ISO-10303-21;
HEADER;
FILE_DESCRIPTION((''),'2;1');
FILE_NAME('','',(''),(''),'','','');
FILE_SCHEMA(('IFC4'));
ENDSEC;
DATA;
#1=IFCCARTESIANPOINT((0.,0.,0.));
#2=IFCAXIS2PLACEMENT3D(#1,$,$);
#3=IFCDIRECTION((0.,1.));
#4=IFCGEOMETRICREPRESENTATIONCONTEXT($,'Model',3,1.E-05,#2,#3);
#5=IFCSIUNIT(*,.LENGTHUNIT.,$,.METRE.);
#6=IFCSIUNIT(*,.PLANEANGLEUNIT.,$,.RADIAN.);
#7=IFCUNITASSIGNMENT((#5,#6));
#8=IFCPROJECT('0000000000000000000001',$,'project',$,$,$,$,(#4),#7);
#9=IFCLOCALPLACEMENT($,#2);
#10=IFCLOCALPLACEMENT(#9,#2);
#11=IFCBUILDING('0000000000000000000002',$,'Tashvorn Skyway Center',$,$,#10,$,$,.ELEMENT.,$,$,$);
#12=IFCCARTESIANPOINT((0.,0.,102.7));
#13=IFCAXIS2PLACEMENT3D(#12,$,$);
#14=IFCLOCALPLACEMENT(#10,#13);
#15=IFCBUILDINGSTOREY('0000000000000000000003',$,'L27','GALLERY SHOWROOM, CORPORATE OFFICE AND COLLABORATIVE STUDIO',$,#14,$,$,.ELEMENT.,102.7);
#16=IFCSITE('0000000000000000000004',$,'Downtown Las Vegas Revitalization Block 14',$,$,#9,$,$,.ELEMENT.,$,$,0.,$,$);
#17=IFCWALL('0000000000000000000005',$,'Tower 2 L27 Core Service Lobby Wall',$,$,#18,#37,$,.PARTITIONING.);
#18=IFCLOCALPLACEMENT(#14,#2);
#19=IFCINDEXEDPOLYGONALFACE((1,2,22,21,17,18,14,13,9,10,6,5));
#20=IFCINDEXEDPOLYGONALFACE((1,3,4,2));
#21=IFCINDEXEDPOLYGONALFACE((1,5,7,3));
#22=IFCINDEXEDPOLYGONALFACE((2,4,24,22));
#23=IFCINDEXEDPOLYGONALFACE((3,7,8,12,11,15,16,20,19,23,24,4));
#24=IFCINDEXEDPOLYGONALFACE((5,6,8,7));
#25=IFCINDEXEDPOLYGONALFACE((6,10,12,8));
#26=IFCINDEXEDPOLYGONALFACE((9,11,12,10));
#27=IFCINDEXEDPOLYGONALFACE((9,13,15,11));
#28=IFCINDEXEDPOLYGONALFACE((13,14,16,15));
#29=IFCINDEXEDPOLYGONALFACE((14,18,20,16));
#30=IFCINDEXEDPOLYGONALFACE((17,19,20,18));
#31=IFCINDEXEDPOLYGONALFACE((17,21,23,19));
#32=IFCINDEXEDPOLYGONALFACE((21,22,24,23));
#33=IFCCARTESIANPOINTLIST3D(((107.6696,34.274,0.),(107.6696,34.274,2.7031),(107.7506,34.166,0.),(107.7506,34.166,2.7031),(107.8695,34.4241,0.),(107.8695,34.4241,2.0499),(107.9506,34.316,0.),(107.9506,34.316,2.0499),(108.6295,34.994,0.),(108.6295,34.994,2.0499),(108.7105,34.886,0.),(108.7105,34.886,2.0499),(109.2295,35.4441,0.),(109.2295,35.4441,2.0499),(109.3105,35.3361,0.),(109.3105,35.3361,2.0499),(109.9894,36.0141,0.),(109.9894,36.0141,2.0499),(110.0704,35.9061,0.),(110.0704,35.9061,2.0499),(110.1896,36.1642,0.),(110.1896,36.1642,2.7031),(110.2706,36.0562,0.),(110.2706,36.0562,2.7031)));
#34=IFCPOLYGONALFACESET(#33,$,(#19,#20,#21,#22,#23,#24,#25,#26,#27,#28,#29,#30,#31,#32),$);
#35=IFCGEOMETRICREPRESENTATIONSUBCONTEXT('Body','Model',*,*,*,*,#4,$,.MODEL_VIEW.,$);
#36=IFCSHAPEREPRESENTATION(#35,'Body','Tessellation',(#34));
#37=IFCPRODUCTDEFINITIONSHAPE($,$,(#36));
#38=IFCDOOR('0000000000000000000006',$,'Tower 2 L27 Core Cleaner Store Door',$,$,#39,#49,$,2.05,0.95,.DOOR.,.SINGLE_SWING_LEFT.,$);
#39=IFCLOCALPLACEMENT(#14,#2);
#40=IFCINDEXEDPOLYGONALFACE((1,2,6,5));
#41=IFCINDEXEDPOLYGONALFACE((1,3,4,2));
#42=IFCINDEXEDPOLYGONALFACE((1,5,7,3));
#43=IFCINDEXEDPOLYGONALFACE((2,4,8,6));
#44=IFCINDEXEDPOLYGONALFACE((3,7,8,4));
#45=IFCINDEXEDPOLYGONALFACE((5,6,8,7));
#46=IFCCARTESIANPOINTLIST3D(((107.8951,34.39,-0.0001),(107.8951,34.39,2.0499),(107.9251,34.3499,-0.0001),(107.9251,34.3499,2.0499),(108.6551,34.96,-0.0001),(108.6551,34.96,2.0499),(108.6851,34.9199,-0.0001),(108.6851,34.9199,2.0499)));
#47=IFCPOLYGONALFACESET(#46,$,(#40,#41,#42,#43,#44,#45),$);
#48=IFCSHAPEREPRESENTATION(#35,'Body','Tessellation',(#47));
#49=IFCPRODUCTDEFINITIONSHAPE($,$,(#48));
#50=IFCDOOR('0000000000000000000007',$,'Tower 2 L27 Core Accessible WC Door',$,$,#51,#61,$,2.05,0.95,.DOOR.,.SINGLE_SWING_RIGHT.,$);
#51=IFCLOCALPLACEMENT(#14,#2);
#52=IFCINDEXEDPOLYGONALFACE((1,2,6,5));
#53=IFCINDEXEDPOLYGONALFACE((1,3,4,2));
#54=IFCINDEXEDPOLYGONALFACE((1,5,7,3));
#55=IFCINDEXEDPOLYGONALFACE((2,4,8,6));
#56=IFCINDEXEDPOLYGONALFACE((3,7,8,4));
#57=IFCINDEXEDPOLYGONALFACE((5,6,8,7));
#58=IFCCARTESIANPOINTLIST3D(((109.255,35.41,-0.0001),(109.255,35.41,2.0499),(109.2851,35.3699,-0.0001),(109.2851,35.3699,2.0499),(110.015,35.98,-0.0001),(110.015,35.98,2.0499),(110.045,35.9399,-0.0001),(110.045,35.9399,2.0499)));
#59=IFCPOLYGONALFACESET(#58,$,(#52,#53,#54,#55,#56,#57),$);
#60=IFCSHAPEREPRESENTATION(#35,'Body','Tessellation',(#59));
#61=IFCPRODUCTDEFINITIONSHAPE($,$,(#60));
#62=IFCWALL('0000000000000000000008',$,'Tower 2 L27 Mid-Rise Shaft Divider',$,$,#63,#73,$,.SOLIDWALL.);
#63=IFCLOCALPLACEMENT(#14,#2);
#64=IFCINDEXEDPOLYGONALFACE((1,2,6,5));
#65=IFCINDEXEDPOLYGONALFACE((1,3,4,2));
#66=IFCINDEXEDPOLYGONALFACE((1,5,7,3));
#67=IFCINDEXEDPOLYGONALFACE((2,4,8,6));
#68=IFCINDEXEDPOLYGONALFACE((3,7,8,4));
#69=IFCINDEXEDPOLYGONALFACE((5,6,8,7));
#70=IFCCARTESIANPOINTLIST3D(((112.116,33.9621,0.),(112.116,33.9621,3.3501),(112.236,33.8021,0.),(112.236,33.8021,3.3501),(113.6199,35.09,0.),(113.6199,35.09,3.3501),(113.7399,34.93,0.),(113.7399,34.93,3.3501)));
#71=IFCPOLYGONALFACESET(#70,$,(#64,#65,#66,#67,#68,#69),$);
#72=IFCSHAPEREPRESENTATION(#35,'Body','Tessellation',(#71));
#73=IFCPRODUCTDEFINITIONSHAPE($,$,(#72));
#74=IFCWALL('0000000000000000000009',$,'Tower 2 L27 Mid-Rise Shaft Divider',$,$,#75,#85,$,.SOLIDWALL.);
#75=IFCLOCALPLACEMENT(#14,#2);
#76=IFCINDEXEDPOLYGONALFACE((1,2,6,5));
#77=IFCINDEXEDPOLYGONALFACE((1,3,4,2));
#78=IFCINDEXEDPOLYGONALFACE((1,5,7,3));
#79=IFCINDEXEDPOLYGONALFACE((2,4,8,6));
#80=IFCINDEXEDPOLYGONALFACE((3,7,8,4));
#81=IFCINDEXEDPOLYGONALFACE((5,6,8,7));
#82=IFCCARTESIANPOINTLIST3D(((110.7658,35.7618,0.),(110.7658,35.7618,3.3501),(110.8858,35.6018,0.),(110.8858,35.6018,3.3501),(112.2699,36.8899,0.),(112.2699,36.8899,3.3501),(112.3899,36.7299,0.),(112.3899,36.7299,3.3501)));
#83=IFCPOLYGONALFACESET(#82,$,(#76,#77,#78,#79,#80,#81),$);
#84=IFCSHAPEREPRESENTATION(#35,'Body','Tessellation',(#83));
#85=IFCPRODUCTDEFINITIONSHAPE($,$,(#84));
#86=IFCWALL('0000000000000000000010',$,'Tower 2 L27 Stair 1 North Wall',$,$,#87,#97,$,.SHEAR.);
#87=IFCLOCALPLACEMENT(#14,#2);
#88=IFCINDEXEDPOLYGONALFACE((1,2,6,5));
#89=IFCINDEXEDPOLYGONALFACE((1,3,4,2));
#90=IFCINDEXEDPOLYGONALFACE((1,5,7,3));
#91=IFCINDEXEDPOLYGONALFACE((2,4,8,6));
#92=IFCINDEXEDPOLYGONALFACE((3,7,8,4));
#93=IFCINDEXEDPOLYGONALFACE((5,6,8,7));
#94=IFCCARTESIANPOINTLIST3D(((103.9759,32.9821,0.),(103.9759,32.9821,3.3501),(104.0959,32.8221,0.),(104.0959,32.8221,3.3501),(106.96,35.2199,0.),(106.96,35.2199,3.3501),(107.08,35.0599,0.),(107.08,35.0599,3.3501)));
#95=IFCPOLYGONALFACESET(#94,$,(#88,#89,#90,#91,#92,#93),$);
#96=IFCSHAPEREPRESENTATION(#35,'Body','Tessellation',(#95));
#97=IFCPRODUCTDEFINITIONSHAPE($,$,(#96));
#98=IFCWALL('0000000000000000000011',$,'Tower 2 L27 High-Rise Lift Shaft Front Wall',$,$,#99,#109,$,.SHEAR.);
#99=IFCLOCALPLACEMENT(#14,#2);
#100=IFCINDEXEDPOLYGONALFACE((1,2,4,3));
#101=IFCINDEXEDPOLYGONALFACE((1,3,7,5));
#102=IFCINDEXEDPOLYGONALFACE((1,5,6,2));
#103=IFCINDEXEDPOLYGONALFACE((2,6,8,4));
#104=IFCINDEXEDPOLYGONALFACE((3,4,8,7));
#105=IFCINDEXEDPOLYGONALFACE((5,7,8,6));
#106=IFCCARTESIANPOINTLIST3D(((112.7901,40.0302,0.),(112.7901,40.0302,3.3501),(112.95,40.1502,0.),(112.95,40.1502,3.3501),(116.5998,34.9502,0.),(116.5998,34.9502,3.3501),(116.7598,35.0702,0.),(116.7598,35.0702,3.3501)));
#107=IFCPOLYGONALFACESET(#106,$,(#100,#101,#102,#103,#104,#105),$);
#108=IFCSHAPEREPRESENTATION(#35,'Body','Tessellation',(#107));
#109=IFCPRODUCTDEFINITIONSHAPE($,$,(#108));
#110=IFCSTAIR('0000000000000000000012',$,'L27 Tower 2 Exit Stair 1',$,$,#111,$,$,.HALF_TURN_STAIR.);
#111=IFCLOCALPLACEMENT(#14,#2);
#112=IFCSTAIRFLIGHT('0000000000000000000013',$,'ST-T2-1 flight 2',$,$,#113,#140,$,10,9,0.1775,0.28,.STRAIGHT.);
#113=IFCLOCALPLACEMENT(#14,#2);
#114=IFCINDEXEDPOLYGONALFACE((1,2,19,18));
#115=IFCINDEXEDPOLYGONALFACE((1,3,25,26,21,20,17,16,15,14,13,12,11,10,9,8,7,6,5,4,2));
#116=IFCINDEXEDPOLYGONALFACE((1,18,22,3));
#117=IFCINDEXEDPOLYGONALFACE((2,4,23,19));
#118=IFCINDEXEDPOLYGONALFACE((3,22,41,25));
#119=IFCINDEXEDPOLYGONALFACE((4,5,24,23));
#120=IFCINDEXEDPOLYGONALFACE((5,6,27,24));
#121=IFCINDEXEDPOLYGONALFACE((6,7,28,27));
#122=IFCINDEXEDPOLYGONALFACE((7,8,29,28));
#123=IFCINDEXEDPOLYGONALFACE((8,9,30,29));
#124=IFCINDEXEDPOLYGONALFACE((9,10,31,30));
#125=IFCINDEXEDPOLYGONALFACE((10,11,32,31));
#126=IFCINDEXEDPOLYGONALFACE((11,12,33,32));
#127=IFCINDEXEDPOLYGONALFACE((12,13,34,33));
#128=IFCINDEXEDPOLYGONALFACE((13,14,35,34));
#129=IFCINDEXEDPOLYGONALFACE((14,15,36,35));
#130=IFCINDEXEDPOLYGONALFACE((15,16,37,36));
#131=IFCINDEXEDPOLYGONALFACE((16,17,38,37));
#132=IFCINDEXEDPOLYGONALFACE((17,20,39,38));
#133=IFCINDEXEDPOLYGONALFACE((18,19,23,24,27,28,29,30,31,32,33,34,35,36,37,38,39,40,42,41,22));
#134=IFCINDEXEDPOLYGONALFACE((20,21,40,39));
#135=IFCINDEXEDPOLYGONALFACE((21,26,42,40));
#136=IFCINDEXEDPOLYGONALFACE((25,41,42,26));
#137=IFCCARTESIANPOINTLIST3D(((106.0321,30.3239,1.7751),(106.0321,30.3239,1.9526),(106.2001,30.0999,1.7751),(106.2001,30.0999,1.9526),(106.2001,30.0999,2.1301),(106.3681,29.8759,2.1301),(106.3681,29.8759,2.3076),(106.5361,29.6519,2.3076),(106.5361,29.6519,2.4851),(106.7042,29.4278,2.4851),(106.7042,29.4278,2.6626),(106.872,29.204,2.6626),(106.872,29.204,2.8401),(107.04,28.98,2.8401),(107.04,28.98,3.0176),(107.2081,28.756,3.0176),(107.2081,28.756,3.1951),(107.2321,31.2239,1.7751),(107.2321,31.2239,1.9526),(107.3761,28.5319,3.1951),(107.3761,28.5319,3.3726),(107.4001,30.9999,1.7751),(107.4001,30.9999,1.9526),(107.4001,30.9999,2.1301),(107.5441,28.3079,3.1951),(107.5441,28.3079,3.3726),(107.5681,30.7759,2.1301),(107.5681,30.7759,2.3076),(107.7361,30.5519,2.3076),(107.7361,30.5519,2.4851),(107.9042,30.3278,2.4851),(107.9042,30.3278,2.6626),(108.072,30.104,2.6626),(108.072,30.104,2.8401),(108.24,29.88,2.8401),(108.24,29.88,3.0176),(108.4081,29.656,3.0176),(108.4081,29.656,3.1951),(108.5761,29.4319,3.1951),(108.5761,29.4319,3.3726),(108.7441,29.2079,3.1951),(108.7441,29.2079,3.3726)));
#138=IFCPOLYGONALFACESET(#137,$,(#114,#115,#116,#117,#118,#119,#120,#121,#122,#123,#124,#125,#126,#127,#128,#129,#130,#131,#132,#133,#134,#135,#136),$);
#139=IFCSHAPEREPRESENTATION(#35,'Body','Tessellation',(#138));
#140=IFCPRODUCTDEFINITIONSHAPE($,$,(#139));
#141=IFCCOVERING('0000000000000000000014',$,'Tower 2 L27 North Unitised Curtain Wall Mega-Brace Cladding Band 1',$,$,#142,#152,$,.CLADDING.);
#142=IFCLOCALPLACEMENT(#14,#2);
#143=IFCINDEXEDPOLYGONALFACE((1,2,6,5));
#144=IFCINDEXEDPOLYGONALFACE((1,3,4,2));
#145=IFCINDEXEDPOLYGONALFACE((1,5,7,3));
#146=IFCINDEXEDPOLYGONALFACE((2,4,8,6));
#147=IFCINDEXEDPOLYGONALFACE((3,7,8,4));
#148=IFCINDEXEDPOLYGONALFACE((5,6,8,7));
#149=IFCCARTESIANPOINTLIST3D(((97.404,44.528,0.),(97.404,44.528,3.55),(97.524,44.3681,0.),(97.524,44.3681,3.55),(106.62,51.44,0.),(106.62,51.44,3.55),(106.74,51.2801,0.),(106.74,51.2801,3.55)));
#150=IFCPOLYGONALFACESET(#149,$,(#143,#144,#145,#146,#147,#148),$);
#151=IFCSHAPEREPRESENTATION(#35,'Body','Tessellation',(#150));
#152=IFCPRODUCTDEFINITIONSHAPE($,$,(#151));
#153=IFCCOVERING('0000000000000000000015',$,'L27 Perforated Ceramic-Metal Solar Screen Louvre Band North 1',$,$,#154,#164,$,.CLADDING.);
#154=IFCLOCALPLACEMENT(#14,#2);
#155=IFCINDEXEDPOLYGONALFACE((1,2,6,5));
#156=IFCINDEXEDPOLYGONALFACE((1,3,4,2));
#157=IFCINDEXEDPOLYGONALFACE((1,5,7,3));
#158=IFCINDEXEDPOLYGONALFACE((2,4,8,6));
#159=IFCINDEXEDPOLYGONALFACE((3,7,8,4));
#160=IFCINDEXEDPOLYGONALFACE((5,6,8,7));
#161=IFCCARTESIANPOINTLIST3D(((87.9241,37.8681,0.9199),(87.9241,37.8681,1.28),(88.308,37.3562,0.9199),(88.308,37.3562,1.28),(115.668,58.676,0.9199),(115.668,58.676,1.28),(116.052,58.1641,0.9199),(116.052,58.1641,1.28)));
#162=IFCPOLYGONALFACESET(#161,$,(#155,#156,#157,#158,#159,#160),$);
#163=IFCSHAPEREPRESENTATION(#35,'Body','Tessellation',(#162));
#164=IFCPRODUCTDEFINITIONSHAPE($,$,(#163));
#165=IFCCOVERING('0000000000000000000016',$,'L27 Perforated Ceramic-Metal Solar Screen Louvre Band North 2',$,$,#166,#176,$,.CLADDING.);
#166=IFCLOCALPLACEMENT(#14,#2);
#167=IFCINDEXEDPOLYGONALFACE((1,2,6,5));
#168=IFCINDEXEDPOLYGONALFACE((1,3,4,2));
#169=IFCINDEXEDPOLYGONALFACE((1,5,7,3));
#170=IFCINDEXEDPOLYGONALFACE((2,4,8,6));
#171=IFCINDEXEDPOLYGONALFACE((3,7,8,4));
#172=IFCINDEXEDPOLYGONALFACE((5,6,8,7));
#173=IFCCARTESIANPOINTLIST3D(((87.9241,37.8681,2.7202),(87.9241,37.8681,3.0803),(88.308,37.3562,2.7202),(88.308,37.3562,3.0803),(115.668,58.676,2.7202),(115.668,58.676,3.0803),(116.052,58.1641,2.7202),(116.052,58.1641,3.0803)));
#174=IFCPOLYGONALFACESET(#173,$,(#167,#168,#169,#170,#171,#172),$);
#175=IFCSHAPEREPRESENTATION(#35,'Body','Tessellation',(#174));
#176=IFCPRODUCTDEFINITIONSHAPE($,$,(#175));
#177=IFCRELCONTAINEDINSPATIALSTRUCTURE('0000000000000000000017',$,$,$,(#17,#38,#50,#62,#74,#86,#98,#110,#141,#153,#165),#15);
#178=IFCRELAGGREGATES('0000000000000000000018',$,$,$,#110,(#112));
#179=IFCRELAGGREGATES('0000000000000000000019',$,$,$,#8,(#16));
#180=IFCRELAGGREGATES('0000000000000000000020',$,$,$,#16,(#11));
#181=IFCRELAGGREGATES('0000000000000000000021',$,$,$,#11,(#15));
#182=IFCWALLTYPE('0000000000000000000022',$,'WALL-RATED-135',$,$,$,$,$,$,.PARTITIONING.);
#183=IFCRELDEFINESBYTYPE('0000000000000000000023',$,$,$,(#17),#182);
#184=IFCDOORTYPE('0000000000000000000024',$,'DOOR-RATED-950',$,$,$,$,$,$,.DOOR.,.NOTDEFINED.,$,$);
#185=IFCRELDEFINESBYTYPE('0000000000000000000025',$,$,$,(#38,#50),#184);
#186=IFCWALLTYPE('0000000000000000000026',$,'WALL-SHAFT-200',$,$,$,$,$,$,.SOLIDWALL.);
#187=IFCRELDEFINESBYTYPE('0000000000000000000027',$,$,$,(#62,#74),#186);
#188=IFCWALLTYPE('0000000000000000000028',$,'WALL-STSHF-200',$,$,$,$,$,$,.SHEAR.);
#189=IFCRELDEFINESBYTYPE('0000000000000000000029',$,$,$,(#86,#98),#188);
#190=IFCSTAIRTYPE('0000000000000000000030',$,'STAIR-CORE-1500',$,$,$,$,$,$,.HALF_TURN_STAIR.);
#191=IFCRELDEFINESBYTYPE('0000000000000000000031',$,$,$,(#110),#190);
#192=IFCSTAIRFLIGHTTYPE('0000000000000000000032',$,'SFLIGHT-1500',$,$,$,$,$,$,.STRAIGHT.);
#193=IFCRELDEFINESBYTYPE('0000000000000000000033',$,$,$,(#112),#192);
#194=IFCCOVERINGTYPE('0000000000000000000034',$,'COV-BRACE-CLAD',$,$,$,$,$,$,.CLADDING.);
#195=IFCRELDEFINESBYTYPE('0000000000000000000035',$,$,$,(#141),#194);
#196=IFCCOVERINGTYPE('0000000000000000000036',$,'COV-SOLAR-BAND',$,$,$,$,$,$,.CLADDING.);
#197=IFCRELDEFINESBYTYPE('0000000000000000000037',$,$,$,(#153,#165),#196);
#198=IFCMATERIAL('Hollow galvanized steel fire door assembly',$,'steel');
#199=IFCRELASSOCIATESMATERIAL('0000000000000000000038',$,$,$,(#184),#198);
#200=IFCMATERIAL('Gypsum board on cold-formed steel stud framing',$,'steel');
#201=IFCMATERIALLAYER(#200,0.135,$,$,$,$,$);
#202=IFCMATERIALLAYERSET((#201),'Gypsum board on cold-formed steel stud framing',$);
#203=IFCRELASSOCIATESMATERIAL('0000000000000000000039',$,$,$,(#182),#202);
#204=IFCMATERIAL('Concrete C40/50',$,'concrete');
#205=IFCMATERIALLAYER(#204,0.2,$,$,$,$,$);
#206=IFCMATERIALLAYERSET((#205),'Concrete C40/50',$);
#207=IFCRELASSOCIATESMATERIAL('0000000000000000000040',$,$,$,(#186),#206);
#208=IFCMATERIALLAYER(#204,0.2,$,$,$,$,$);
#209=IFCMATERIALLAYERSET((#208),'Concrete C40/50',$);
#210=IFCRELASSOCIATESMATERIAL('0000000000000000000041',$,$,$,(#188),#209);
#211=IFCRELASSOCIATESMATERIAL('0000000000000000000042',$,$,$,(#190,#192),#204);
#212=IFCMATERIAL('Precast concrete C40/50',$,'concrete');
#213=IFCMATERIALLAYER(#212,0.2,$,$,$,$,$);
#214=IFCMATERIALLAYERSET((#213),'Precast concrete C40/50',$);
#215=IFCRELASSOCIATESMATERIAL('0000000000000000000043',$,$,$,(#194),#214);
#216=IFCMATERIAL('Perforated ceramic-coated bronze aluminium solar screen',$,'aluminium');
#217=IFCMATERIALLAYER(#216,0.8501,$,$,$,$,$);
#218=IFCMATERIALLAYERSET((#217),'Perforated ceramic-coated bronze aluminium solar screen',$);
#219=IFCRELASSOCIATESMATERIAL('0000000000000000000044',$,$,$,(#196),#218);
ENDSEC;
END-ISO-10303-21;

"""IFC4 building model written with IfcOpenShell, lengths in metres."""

from ifc_helpers import new_model, si_unit, direction, frame, frame_2d, origin, origin_2d, place, context, subcontext, project, spatial, polyline, rectangle, outline, extrude, material, layer, layer_set, type_object, element, fill, aggregate, save


model = new_model("IFC4")

# Units and contexts
model_context = context("Model", 3, precision=1e-05, world=origin(), true_north=direction((0.0, 1.0)))
body_context = subcontext(model_context, "Body", "Model", "MODEL_VIEW")
ifc_project = project(units=[si_unit("LENGTHUNIT", "METRE"), si_unit("PLANEANGLEUNIT", "RADIAN")], contexts=[model_context])

# Site, building, storey
site_placement = place(None, origin())
site = spatial("IfcSite", under=ifc_project, at=site_placement, Name="Downtown Las Vegas Revitalization Block 14", CompositionType="ELEMENT", RefElevation=0.0)
building_placement = place(site_placement, origin())
building = spatial("IfcBuilding", under=site, at=building_placement, Name="Tashvorn Skyway Center", CompositionType="ELEMENT")
storey_placement = place(building_placement, frame((0.0, 0.0, 102.7)))
storey = spatial("IfcBuildingStorey", under=building, at=storey_placement, Name="L27", Description="GALLERY SHOWROOM, CORPORATE OFFICE AND COLLABORATIVE STUDIO", CompositionType="ELEMENT", Elevation=102.7)

# Shared definitions
ifc_material_1 = material(Name="Hollow galvanized steel fire door assembly", Category="steel")
ifc_material_2 = material(Name="Concrete C40/50", Category="concrete")
door_type_1 = type_object("IfcDoorType", Name="DOOR-RATED-950", OperationType="NOTDEFINED", PredefinedType="DOOR", material=ifc_material_1)

# Shared definitions
ifc_material_3 = material(Name="Gypsum board on cold-formed steel stud framing", Category="steel")

# Wall, openings, doors
ifc_layer_1 = layer(ifc_material_3, 0.135)
ifc_layer_set_1 = layer_set([ifc_layer_1], Name="Gypsum board on cold-formed steel stud framing")
wall_type_1 = type_object("IfcWallType", Name="WALL-RATED-135", PredefinedType="PARTITIONING", material=ifc_layer_set_1)
wall_1_placement = place(storey_placement, frame((107.71, 34.22, 0.0), z_axis=(0.0, 0.0, 1.0), x_axis=(0.799981, 0.600025, 0.0)))
wall_1 = element("IfcWall", 1, at=wall_1_placement, inside=storey, type_object=wall_type_1, Name="Tower 2 L27 Core Service Lobby Wall", PredefinedType="PARTITIONING", context=body_context, shape_type="SweptSolid", body=[
    extrude(rectangle(XDim=3.1501, YDim=0.135, at=frame_2d((1.5752, 0.0))), origin(), (0.0, 0.0, 1.0), 2.7031),
])
opening_1_placement = place(wall_1_placement, frame((0.25, 0.0, 0.0)))
opening_1 = element("IfcOpeningElement", 2, at=opening_1_placement, cuts=wall_1, PredefinedType="OPENING", context=body_context, shape_type="SweptSolid", body=[
    extrude(rectangle(XDim=0.95, YDim=2.05, at=frame_2d((0.4751, 1.0249))), frame((0.0, 0.0774, 0.0), z_axis=(0.0, -1.0, 0.0), x_axis=(1.0, 0.0, 0.0)), (0.0, 0.0, 1.0), 0.155),
])
opening_2_placement = place(wall_1_placement, frame((1.95, 0.0, 0.0)))
opening_2 = element("IfcOpeningElement", 3, at=opening_2_placement, cuts=wall_1, PredefinedType="OPENING", context=body_context, shape_type="SweptSolid", body=[
    extrude(rectangle(XDim=0.95, YDim=2.05, at=frame_2d((0.4751, 1.0249))), frame((0.0, 0.0774, 0.0), z_axis=(0.0, -1.0, 0.0), x_axis=(1.0, 0.0, 0.0)), (0.0, 0.0, 1.0), 0.155),
])
door_1_placement = place(opening_1_placement, origin())
door_1 = element("IfcDoor", 4, at=door_1_placement, inside=storey, type_object=door_type_1, Name="Tower 2 L27 Core Cleaner Store Door", OperationType="SINGLE_SWING_LEFT", OverallHeight=2.05, OverallWidth=0.95, PredefinedType="DOOR", context=body_context, shape_type="SweptSolid", body=[
    extrude(rectangle(XDim=0.95, YDim=2.05, at=frame_2d((0.4751, 1.0249))), frame((0.0, 0.0249, 0.0), z_axis=(0.0, -1.0, 0.0), x_axis=(1.0, 0.0, 0.0)), (0.0, 0.0, 1.0), 0.05),
])
fill(opening_1, door_1)
door_2_placement = place(opening_2_placement, origin())
door_2 = element("IfcDoor", 5, at=door_2_placement, inside=storey, type_object=door_type_1, Name="Tower 2 L27 Core Accessible WC Door", OperationType="SINGLE_SWING_RIGHT", OverallHeight=2.05, OverallWidth=0.95, PredefinedType="DOOR", context=body_context, shape_type="SweptSolid", body=[
    extrude(rectangle(XDim=0.95, YDim=2.05, at=frame_2d((0.4751, 1.0249))), frame((0.0, 0.0249, 0.0), z_axis=(0.0, -1.0, 0.0), x_axis=(1.0, 0.0, 0.0)), (0.0, 0.0, 1.0), 0.05),
])
fill(opening_2, door_2)

# Walls
ifc_layer_2 = layer(ifc_material_2, 0.2)
ifc_layer_set_2 = layer_set([ifc_layer_2], Name="Concrete C40/50")
wall_type_2 = type_object("IfcWallType", Name="WALL-SHAFT-200", PredefinedType="SOLIDWALL", material=ifc_layer_set_2)
wall_2_placement = place(storey_placement, frame((112.176, 33.8821, 0.0), z_axis=(0.0, 0.0, 1.0), x_axis=(0.8, 0.6, 0.0)))
element("IfcWall", 6, at=wall_2_placement, inside=storey, type_object=wall_type_2, Name="Tower 2 L27 Mid-Rise Shaft Divider", PredefinedType="SOLIDWALL", context=body_context, shape_type="SweptSolid", body=[
    extrude(rectangle(XDim=1.8799, YDim=0.2, at=frame_2d((0.9399, 0.0))), origin(), (0.0, 0.0, 1.0), 3.3501),
])
wall_3_placement = place(storey_placement, frame((110.8259, 35.6819, 0.0), z_axis=(0.0, 0.0, 1.0), x_axis=(0.799984, 0.600021, 0.0)))
element("IfcWall", 7, at=wall_3_placement, inside=storey, type_object=wall_type_2, Name="Tower 2 L27 Mid-Rise Shaft Divider", PredefinedType="SOLIDWALL", context=body_context, shape_type="SweptSolid", body=[
    extrude(rectangle(XDim=1.8801, YDim=0.2, at=frame_2d((0.9399, 0.0))), origin(), (0.0, 0.0, 1.0), 3.3501),
])
ifc_layer_3 = layer(ifc_material_2, 0.2)
ifc_layer_set_3 = layer_set([ifc_layer_3], Name="Concrete C40/50")
wall_type_3 = type_object("IfcWallType", Name="WALL-STSHF-200", PredefinedType="SHEAR", material=ifc_layer_set_3)
wall_4_placement = place(storey_placement, frame((104.0359, 32.9021, 0.0), z_axis=(0.0, 0.0, 1.0), x_axis=(0.800039, 0.599948, 0.0)))
element("IfcWall", 8, at=wall_4_placement, inside=storey, type_object=wall_type_3, Name="Tower 2 L27 Stair 1 North Wall", PredefinedType="SHEAR", context=body_context, shape_type="SweptSolid", body=[
    extrude(rectangle(XDim=3.73, YDim=0.2, at=frame_2d((1.865, 0.0))), origin(), (0.0, 0.0, 1.0), 3.3501),
])
wall_5_placement = place(storey_placement, frame((112.8701, 40.0901, 0.0), z_axis=(0.0, 0.0, 1.0), x_axis=(0.599975, -0.800018, 0.0)))
element("IfcWall", 9, at=wall_5_placement, inside=storey, type_object=wall_type_3, Name="Tower 2 L27 High-Rise Lift Shaft Front Wall", PredefinedType="SHEAR", context=body_context, shape_type="SweptSolid", body=[
    extrude(rectangle(XDim=6.3499, YDim=0.2, at=frame_2d((3.1748, 0.0))), origin(), (0.0, 0.0, 1.0), 3.3501),
])

# Stair, stair flight
stair_type = type_object("IfcStairType", Name="STAIR-CORE-1500", PredefinedType="HALF_TURN_STAIR", material=ifc_material_2)
stair_placement = place(storey_placement, origin())
stair = element("IfcStair", 10, at=stair_placement, inside=storey, type_object=stair_type, Name="L27 Tower 2 Exit Stair 1", PredefinedType="HALF_TURN_STAIR")
stair_flight_type = type_object("IfcStairFlightType", Name="SFLIGHT-1500", PredefinedType="STRAIGHT", material=ifc_material_2)
stair_flight_placement = place(storey_placement, frame((106.6321, 30.7739, 1.7751), z_axis=(0.0, 0.0, 1.0), x_axis=(0.6, -0.8, 0.0)))
stair_flight = element("IfcStairFlight", 11, at=stair_flight_placement, type_object=stair_flight_type, Name="ST-T2-1 flight 2", NumberOfRisers=10, NumberOfTreads=9, PredefinedType="STRAIGHT", RiserHeight=0.1775, TreadLength=0.28, context=body_context, shape_type="SweptSolid", body=[
    extrude(outline(polyline([(0.0, 0.0), (0.0, 0.1775), (0.28, 0.1775), (0.28, 0.355), (0.5601, 0.355), (0.5601, 0.5325), (0.8401, 0.5325), (0.8401, 0.71), (1.1201, 0.71), (1.1201, 0.8875), (1.3999, 0.8875), (1.3999, 1.0649), (1.6799, 1.0649), (1.6799, 1.2424), (1.96, 1.2424), (1.96, 1.4199), (2.24, 1.4199), (2.24, 1.5974), (2.52, 1.5974), (2.52, 1.7749), (2.52, 1.4199), (0.28, 0.0), (0.0, 0.0)])), frame((0.0, 0.75, 0.0), z_axis=(0.0, -1.0, 0.0), x_axis=(1.0, 0.0, 0.0)), (0.0, 0.0, 1.0), 1.5),
])
aggregate(stair, [stair_flight])

# Coverings
ifc_material_4 = material(Name="Precast concrete C40/50", Category="concrete")
ifc_layer_4 = layer(ifc_material_4, 0.2)
ifc_layer_set_4 = layer_set([ifc_layer_4], Name="Precast concrete C40/50")
covering_type_1 = type_object("IfcCoveringType", Name="COV-BRACE-CLAD", PredefinedType="CLADDING", material=ifc_layer_set_4)
covering_placement = place(storey_placement, frame((102.072, 47.9041, 0.0), z_axis=(0.0, 0.0, 1.0), x_axis=(0.8, 0.6, 0.0)))
element("IfcCovering", 12, at=covering_placement, inside=storey, type_object=covering_type_1, Name="Tower 2 L27 North Unitised Curtain Wall Mega-Brace Cladding Band 1", PredefinedType="CLADDING", context=body_context, shape_type="SweptSolid", body=[
    extrude(rectangle(XDim=11.52, YDim=0.2, at=origin_2d()), origin(), (0.0, 0.0, 1.0), 3.55),
])
ifc_material_5 = material(Name="Perforated ceramic-coated bronze aluminium solar screen", Category="aluminium")
ifc_layer_5 = layer(ifc_material_5, 0.8501)
ifc_layer_set_5 = layer_set([ifc_layer_5], Name="Perforated ceramic-coated bronze aluminium solar screen")
covering_type_2 = type_object("IfcCoveringType", Name="COV-SOLAR-BAND", PredefinedType="CLADDING", material=ifc_layer_set_5)
for number, where, z_axis, x_axis, name in (
    (13, (101.988, 48.0161, 0.9199), (0.0, 0.0, 1.0), (0.8, 0.6, 0.0), "L27 Perforated Ceramic-Metal Solar Screen Louvre Band North 1"),
    (14, (101.988, 48.0161, 2.7202), (0.0, 0.0, 1.0), (0.8, 0.6, 0.0), "L27 Perforated Ceramic-Metal Solar Screen Louvre Band North 2"),
):
    element("IfcCovering", number, at=place(storey_placement, frame(where, z_axis=z_axis, x_axis=x_axis)), inside=storey, type_object=covering_type_2, Name=name, PredefinedType="CLADDING", context=body_context, shape_type="SweptSolid", body=[
        extrude(rectangle(XDim=34.6799, YDim=0.6399, at=origin_2d()), origin(), (0.0, 0.0, 1.0), 0.3601),
    ])

save(model, "model.ifc")
